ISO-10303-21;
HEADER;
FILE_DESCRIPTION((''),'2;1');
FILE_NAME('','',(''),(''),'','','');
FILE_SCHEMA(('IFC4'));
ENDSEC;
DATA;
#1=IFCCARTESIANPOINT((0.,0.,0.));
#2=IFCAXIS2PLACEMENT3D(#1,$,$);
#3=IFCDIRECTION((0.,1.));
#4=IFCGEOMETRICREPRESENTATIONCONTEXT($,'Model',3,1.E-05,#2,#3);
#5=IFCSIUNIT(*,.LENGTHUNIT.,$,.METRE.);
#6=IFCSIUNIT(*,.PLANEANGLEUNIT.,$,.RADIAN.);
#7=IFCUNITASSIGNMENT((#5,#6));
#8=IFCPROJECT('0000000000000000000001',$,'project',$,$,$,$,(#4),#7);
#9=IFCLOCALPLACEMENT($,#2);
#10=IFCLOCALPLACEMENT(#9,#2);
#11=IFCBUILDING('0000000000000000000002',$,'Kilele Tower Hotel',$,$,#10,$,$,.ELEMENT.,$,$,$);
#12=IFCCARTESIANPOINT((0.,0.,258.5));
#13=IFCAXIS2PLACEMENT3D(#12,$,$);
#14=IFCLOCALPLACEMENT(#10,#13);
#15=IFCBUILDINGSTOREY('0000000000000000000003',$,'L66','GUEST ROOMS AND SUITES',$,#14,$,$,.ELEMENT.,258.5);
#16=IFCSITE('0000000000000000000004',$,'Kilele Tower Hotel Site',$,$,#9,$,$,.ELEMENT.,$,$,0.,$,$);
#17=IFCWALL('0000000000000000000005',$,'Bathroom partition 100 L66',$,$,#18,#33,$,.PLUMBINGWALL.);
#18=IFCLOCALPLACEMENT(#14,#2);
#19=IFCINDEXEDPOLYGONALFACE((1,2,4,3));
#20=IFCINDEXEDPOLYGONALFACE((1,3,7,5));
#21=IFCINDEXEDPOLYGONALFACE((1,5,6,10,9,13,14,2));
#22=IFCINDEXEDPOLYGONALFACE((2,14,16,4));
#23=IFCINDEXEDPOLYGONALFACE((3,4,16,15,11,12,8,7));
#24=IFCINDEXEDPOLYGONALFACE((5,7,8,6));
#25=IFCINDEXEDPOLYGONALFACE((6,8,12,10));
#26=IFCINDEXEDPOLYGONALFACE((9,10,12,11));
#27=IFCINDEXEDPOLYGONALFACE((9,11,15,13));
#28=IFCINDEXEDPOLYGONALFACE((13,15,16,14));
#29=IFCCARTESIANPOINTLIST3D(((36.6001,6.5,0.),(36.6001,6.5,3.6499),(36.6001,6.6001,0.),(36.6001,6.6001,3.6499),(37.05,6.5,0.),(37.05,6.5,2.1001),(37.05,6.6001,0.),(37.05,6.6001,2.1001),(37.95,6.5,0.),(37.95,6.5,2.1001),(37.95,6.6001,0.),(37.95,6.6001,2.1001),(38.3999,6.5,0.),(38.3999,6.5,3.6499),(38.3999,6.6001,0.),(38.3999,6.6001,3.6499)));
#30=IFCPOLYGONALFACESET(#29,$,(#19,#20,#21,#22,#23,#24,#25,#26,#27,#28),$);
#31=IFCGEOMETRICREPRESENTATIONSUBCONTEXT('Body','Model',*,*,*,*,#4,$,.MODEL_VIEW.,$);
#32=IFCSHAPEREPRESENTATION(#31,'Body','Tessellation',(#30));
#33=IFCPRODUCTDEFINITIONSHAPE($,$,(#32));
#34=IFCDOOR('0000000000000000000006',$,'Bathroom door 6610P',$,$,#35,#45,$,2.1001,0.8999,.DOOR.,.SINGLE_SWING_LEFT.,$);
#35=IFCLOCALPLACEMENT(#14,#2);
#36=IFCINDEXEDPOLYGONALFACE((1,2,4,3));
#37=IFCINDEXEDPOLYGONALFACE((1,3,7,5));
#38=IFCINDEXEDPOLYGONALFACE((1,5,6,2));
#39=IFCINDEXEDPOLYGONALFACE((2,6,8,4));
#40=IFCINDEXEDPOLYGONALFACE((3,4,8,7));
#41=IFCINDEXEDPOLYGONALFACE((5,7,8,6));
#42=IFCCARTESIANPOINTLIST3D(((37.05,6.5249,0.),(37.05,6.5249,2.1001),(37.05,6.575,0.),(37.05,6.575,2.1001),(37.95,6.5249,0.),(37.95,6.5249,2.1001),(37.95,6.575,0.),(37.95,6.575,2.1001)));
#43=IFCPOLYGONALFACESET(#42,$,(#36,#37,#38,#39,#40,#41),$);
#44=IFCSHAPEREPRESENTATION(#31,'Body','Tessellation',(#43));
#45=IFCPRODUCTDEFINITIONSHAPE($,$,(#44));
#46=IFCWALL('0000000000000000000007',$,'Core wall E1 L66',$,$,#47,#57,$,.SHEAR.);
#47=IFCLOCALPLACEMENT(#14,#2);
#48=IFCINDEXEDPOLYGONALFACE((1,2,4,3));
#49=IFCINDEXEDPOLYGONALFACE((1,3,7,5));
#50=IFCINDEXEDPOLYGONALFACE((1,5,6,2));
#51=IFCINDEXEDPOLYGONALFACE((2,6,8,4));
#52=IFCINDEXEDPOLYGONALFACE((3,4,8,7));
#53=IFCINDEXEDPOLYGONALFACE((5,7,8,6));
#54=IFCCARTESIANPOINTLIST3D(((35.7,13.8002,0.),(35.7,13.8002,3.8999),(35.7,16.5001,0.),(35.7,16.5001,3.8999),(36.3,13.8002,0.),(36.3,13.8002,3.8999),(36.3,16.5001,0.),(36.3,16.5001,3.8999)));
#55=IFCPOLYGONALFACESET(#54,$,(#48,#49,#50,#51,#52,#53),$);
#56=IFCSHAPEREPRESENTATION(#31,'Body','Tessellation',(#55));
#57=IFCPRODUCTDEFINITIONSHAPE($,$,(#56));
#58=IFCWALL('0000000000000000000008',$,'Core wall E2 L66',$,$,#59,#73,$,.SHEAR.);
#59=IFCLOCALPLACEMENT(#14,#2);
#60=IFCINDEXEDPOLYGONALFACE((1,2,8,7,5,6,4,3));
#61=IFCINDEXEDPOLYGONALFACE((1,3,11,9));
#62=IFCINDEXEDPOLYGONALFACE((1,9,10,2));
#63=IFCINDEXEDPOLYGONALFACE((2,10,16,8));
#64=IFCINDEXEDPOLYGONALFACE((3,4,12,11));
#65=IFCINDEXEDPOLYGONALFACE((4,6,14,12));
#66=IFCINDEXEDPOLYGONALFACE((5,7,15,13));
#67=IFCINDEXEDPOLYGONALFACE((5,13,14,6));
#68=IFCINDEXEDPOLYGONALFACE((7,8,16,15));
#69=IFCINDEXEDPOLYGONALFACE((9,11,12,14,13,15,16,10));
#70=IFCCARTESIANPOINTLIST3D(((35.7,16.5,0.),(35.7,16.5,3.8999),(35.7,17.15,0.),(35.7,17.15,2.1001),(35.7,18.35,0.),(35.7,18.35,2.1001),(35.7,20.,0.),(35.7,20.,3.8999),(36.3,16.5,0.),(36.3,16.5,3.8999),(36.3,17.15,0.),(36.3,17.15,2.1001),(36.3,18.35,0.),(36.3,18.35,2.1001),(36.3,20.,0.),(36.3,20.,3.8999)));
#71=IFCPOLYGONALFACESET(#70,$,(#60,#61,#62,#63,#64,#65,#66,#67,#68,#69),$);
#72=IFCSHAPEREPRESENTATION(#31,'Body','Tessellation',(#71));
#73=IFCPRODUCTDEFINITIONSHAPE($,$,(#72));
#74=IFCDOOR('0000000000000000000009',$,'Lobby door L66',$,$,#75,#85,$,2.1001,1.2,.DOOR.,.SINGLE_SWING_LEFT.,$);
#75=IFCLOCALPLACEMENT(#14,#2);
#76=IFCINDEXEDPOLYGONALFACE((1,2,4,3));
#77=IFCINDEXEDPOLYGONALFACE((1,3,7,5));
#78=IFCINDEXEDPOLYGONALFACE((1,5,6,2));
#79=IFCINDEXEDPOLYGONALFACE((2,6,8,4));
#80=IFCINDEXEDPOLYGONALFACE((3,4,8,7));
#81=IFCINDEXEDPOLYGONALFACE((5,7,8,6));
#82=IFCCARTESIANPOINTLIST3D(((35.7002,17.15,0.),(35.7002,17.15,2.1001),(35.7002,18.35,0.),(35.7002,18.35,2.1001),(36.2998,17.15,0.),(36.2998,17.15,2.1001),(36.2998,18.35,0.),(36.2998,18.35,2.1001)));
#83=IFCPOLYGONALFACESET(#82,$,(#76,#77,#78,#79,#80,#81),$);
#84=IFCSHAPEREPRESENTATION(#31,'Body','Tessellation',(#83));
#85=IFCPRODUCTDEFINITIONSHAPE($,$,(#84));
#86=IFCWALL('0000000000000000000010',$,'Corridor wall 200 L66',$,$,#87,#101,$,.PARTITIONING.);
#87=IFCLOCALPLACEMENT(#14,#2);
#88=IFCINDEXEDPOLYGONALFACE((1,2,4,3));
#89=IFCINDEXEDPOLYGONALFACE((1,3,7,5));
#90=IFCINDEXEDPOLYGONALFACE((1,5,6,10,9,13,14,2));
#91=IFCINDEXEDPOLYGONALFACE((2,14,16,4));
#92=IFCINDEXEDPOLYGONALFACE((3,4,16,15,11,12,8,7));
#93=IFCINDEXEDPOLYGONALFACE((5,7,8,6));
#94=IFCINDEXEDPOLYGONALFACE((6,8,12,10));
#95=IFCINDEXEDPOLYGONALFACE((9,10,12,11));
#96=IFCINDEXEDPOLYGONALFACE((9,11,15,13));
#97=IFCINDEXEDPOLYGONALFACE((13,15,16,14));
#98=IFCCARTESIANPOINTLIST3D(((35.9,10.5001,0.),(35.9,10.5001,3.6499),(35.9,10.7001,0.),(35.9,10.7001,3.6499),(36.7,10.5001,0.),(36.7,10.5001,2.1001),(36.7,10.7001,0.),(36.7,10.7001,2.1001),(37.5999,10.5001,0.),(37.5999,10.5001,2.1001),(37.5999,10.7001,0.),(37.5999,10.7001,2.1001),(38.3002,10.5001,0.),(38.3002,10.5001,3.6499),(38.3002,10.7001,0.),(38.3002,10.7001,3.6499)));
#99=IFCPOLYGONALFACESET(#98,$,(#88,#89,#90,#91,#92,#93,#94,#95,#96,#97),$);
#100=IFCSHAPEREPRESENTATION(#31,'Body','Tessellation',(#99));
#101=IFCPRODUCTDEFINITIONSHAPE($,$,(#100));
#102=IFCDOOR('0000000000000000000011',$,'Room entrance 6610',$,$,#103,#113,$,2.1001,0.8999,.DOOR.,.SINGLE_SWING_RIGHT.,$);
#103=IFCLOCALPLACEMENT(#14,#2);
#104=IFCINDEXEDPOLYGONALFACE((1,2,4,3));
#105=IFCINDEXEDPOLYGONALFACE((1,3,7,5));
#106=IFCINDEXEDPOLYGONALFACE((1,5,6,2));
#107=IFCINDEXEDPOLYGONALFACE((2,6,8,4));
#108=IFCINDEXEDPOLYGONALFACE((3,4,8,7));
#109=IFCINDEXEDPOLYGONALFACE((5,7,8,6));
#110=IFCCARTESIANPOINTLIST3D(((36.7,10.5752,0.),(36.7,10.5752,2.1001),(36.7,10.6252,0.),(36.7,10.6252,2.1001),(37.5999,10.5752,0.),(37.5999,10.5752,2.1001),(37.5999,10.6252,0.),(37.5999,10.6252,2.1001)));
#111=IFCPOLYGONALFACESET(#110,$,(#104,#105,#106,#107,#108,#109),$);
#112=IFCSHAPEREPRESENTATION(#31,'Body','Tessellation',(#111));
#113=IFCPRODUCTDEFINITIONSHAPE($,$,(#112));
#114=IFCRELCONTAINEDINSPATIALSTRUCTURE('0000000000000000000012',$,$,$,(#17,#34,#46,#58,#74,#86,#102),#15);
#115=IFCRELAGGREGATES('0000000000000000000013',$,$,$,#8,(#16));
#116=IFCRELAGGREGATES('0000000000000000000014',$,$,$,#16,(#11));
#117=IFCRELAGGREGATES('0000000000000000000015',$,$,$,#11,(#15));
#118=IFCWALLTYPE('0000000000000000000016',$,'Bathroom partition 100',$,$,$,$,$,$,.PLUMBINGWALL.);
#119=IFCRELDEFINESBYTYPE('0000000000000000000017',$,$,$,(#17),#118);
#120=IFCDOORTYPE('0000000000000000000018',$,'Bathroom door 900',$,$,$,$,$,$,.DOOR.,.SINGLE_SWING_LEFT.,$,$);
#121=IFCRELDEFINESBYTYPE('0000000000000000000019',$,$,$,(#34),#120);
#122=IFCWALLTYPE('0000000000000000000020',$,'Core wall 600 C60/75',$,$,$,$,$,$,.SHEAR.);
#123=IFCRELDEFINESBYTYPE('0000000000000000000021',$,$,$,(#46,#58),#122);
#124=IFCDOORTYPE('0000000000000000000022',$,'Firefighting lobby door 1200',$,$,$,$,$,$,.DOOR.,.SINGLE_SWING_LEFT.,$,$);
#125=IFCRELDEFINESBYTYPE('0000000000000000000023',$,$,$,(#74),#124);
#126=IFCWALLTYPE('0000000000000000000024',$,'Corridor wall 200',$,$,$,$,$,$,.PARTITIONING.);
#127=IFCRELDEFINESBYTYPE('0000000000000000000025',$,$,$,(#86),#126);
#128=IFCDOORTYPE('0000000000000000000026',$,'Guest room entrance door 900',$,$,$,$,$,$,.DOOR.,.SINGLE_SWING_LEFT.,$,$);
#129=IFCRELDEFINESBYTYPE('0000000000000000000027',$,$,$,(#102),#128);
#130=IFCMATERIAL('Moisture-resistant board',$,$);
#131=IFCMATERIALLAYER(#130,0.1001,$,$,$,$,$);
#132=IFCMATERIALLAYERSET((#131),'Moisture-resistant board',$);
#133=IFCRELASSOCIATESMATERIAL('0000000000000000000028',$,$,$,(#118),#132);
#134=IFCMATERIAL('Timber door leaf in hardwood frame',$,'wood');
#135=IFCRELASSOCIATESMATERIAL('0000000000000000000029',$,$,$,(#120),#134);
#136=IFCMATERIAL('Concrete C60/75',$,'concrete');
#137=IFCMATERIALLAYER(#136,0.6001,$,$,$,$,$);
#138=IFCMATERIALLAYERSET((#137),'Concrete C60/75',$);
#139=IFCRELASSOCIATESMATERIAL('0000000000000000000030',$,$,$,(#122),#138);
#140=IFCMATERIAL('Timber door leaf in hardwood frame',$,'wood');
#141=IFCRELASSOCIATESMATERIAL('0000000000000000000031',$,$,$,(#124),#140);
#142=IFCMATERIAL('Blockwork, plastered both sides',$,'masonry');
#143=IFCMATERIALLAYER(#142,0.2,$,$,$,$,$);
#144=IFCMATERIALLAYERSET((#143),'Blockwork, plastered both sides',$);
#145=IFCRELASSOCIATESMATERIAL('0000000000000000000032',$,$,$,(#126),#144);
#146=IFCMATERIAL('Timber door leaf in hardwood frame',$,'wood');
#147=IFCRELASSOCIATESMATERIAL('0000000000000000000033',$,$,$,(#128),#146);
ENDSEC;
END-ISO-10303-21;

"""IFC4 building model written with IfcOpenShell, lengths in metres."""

from ifc_helpers import new_model, si_unit, direction, frame, frame_2d, origin, place, context, subcontext, project, spatial, rectangle, extrude, material, layer, layer_set, type_object, element, fill, save


model = new_model("IFC4")

# Units and contexts
model_context = context("Model", 3, precision=1e-05, world=origin(), true_north=direction((0.0, 1.0)))
body_context = subcontext(model_context, "Body", "Model", "MODEL_VIEW")
ifc_project = project(units=[si_unit("LENGTHUNIT", "METRE"), si_unit("PLANEANGLEUNIT", "RADIAN")], contexts=[model_context])

# Site, building, storey
site_placement = place(None, origin())
site = spatial("IfcSite", under=ifc_project, at=site_placement, Name="Kilele Tower Hotel Site", CompositionType="ELEMENT", RefElevation=0.0)
building_placement = place(site_placement, origin())
building = spatial("IfcBuilding", under=site, at=building_placement, Name="Kilele Tower Hotel", CompositionType="ELEMENT")
storey_placement = place(building_placement, frame((0.0, 0.0, 258.5)))
storey = spatial("IfcBuildingStorey", under=building, at=storey_placement, Name="L66", Description="GUEST ROOMS AND SUITES", CompositionType="ELEMENT", Elevation=258.5)

# Shared definitions
ifc_material_1 = material(Name="Moisture-resistant board")
ifc_layer_1 = layer(ifc_material_1, 0.1001)
ifc_layer_set_1 = layer_set([ifc_layer_1], Name="Moisture-resistant board")
wall_type_1 = type_object("IfcWallType", Name="Bathroom partition 100", PredefinedType="PLUMBINGWALL", material=ifc_layer_set_1)

# Shared definitions
ifc_material_2 = material(Name="Timber door leaf in hardwood frame", Category="wood")
door_type_1 = type_object("IfcDoorType", Name="Bathroom door 900", OperationType="SINGLE_SWING_LEFT", PredefinedType="DOOR", material=ifc_material_2)

# Wall, opening, door
wall_1_placement = place(storey_placement, frame((36.6001, 6.55, 0.0), z_axis=(0.0, 0.0, 1.0), x_axis=(1.0, 0.0, 0.0)))
wall_1 = element("IfcWall", 1, at=wall_1_placement, inside=storey, type_object=wall_type_1, Name="Bathroom partition 100 L66", PredefinedType="PLUMBINGWALL", context=body_context, shape_type="SweptSolid", body=[
    extrude(rectangle(XDim=1.7998, YDim=0.1001, at=frame_2d((0.8999, 0.0))), origin(), (0.0, 0.0, 1.0), 3.6499),
])
opening_1_placement = place(wall_1_placement, frame((0.45, 0.0, 0.0)))
opening_1 = element("IfcOpeningElement", 2, at=opening_1_placement, cuts=wall_1, PredefinedType="OPENING", context=body_context, shape_type="SweptSolid", body=[
    extrude(rectangle(XDim=0.8999, YDim=2.1001, at=frame_2d((0.45, 1.05))), frame((0.0, 0.0601, 0.0), z_axis=(0.0, -1.0, 0.0), x_axis=(1.0, 0.0, 0.0)), (0.0, 0.0, 1.0), 0.1201),
])
door_1_placement = place(opening_1_placement, origin())
door_1 = element("IfcDoor", 3, at=door_1_placement, inside=storey, type_object=door_type_1, Name="Bathroom door 6610P", OperationType="SINGLE_SWING_LEFT", OverallHeight=2.1001, OverallWidth=0.8999, PredefinedType="DOOR", context=body_context, shape_type="SweptSolid", body=[
    extrude(rectangle(XDim=0.8999, YDim=2.1001, at=frame_2d((0.45, 1.05))), frame((0.0, 0.0249, 0.0), z_axis=(0.0, -1.0, 0.0), x_axis=(1.0, 0.0, 0.0)), (0.0, 0.0, 1.0), 0.05),
])
fill(opening_1, door_1)

# Wall
ifc_material_3 = material(Name="Concrete C60/75", Category="concrete")
ifc_layer_2 = layer(ifc_material_3, 0.6001)
ifc_layer_set_2 = layer_set([ifc_layer_2], Name="Concrete C60/75")
wall_type_2 = type_object("IfcWallType", Name="Core wall 600 C60/75", PredefinedType="SHEAR", material=ifc_layer_set_2)
wall_2_placement = place(storey_placement, frame((36.0, 13.8, 0.0), z_axis=(0.0, 0.0, 1.0), x_axis=(0.0, 1.0, 0.0)))
element("IfcWall", 4, at=wall_2_placement, inside=storey, type_object=wall_type_2, Name="Core wall E1 L66", PredefinedType="SHEAR", context=body_context, shape_type="SweptSolid", body=[
    extrude(rectangle(XDim=2.7, YDim=0.6001, at=frame_2d((1.3501, 0.0))), origin(), (0.0, 0.0, 1.0), 3.8999),
])

# Walls, openings, doors
wall_3_placement = place(storey_placement, frame((36.0, 16.5, 0.0), z_axis=(0.0, 0.0, 1.0), x_axis=(0.0, 1.0, 0.0)))
wall_3 = element("IfcWall", 5, at=wall_3_placement, inside=storey, type_object=wall_type_2, Name="Core wall E2 L66", PredefinedType="SHEAR", context=body_context, shape_type="SweptSolid", body=[
    extrude(rectangle(XDim=3.5, YDim=0.6001, at=frame_2d((1.75, 0.0))), origin(), (0.0, 0.0, 1.0), 3.8999),
])
opening_2_placement = place(wall_3_placement, frame((0.6499, 0.0, 0.0)))
opening_2 = element("IfcOpeningElement", 6, at=opening_2_placement, cuts=wall_3, PredefinedType="OPENING", context=body_context, shape_type="SweptSolid", body=[
    extrude(rectangle(XDim=1.2, YDim=2.1001, at=frame_2d((0.6001, 1.05))), frame((0.0, 0.3101, 0.0), z_axis=(0.0, -1.0, 0.0), x_axis=(1.0, 0.0, 0.0)), (0.0, 0.0, 1.0), 0.6201),
])
ifc_material_4 = material(Name="Timber door leaf in hardwood frame", Category="wood")
door_type_2 = type_object("IfcDoorType", Name="Firefighting lobby door 1200", OperationType="SINGLE_SWING_LEFT", PredefinedType="DOOR", material=ifc_material_4)
door_2_placement = place(opening_2_placement, origin())
door_2 = element("IfcDoor", 7, at=door_2_placement, inside=storey, type_object=door_type_2, Name="Lobby door L66", OperationType="SINGLE_SWING_LEFT", OverallHeight=2.1001, OverallWidth=1.2, PredefinedType="DOOR", context=body_context, shape_type="SweptSolid", body=[
    extrude(rectangle(XDim=1.2, YDim=2.1001, at=frame_2d((0.6001, 1.05))), frame((0.0, 0.2998, 0.0), z_axis=(0.0, -1.0, 0.0), x_axis=(1.0, 0.0, 0.0)), (0.0, 0.0, 1.0), 0.5996),
])
fill(opening_2, door_2)
ifc_material_5 = material(Name="Blockwork, plastered both sides", Category="masonry")
ifc_layer_3 = layer(ifc_material_5, 0.2)
ifc_layer_set_3 = layer_set([ifc_layer_3], Name="Blockwork, plastered both sides")
wall_type_3 = type_object("IfcWallType", Name="Corridor wall 200", PredefinedType="PARTITIONING", material=ifc_layer_set_3)
wall_4_placement = place(storey_placement, frame((35.8999, 10.6001, 0.0), z_axis=(0.0, 0.0, 1.0), x_axis=(1.0, 0.0, 0.0)))
wall_4 = element("IfcWall", 8, at=wall_4_placement, inside=storey, type_object=wall_type_3, Name="Corridor wall 200 L66", PredefinedType="PARTITIONING", context=body_context, shape_type="SweptSolid", body=[
    extrude(rectangle(XDim=2.4001, YDim=0.2, at=frame_2d((1.2002, 0.0))), origin(), (0.0, 0.0, 1.0), 3.6499),
])
opening_3_placement = place(wall_4_placement, frame((1.7, 0.0, 0.0), z_axis=(0.0, 0.0, 1.0), x_axis=(-1.0, 0.0, 0.0)))
opening_3 = element("IfcOpeningElement", 9, at=opening_3_placement, cuts=wall_4, PredefinedType="OPENING", context=body_context, shape_type="SweptSolid", body=[
    extrude(rectangle(XDim=0.8999, YDim=2.1001, at=frame_2d((0.45, 1.05))), frame((0.0, 0.1099, 0.0), z_axis=(0.0, -1.0, 0.0), x_axis=(1.0, 0.0, 0.0)), (0.0, 0.0, 1.0), 0.22),
])
ifc_material_6 = material(Name="Timber door leaf in hardwood frame", Category="wood")
door_type_3 = type_object("IfcDoorType", Name="Guest room entrance door 900", OperationType="SINGLE_SWING_LEFT", PredefinedType="DOOR", material=ifc_material_6)
door_3_placement = place(opening_3_placement, origin())
door_3 = element("IfcDoor", 10, at=door_3_placement, inside=storey, type_object=door_type_3, Name="Room entrance 6610", OperationType="SINGLE_SWING_RIGHT", OverallHeight=2.1001, OverallWidth=0.8999, PredefinedType="DOOR", context=body_context, shape_type="SweptSolid", body=[
    extrude(rectangle(XDim=0.8999, YDim=2.1001, at=frame_2d((0.45, 1.05))), frame((0.0, 0.0249, 0.0), z_axis=(0.0, -1.0, 0.0), x_axis=(1.0, 0.0, 0.0)), (0.0, 0.0, 1.0), 0.05),
])
fill(opening_3, door_3)

save(model, "model.ifc")
